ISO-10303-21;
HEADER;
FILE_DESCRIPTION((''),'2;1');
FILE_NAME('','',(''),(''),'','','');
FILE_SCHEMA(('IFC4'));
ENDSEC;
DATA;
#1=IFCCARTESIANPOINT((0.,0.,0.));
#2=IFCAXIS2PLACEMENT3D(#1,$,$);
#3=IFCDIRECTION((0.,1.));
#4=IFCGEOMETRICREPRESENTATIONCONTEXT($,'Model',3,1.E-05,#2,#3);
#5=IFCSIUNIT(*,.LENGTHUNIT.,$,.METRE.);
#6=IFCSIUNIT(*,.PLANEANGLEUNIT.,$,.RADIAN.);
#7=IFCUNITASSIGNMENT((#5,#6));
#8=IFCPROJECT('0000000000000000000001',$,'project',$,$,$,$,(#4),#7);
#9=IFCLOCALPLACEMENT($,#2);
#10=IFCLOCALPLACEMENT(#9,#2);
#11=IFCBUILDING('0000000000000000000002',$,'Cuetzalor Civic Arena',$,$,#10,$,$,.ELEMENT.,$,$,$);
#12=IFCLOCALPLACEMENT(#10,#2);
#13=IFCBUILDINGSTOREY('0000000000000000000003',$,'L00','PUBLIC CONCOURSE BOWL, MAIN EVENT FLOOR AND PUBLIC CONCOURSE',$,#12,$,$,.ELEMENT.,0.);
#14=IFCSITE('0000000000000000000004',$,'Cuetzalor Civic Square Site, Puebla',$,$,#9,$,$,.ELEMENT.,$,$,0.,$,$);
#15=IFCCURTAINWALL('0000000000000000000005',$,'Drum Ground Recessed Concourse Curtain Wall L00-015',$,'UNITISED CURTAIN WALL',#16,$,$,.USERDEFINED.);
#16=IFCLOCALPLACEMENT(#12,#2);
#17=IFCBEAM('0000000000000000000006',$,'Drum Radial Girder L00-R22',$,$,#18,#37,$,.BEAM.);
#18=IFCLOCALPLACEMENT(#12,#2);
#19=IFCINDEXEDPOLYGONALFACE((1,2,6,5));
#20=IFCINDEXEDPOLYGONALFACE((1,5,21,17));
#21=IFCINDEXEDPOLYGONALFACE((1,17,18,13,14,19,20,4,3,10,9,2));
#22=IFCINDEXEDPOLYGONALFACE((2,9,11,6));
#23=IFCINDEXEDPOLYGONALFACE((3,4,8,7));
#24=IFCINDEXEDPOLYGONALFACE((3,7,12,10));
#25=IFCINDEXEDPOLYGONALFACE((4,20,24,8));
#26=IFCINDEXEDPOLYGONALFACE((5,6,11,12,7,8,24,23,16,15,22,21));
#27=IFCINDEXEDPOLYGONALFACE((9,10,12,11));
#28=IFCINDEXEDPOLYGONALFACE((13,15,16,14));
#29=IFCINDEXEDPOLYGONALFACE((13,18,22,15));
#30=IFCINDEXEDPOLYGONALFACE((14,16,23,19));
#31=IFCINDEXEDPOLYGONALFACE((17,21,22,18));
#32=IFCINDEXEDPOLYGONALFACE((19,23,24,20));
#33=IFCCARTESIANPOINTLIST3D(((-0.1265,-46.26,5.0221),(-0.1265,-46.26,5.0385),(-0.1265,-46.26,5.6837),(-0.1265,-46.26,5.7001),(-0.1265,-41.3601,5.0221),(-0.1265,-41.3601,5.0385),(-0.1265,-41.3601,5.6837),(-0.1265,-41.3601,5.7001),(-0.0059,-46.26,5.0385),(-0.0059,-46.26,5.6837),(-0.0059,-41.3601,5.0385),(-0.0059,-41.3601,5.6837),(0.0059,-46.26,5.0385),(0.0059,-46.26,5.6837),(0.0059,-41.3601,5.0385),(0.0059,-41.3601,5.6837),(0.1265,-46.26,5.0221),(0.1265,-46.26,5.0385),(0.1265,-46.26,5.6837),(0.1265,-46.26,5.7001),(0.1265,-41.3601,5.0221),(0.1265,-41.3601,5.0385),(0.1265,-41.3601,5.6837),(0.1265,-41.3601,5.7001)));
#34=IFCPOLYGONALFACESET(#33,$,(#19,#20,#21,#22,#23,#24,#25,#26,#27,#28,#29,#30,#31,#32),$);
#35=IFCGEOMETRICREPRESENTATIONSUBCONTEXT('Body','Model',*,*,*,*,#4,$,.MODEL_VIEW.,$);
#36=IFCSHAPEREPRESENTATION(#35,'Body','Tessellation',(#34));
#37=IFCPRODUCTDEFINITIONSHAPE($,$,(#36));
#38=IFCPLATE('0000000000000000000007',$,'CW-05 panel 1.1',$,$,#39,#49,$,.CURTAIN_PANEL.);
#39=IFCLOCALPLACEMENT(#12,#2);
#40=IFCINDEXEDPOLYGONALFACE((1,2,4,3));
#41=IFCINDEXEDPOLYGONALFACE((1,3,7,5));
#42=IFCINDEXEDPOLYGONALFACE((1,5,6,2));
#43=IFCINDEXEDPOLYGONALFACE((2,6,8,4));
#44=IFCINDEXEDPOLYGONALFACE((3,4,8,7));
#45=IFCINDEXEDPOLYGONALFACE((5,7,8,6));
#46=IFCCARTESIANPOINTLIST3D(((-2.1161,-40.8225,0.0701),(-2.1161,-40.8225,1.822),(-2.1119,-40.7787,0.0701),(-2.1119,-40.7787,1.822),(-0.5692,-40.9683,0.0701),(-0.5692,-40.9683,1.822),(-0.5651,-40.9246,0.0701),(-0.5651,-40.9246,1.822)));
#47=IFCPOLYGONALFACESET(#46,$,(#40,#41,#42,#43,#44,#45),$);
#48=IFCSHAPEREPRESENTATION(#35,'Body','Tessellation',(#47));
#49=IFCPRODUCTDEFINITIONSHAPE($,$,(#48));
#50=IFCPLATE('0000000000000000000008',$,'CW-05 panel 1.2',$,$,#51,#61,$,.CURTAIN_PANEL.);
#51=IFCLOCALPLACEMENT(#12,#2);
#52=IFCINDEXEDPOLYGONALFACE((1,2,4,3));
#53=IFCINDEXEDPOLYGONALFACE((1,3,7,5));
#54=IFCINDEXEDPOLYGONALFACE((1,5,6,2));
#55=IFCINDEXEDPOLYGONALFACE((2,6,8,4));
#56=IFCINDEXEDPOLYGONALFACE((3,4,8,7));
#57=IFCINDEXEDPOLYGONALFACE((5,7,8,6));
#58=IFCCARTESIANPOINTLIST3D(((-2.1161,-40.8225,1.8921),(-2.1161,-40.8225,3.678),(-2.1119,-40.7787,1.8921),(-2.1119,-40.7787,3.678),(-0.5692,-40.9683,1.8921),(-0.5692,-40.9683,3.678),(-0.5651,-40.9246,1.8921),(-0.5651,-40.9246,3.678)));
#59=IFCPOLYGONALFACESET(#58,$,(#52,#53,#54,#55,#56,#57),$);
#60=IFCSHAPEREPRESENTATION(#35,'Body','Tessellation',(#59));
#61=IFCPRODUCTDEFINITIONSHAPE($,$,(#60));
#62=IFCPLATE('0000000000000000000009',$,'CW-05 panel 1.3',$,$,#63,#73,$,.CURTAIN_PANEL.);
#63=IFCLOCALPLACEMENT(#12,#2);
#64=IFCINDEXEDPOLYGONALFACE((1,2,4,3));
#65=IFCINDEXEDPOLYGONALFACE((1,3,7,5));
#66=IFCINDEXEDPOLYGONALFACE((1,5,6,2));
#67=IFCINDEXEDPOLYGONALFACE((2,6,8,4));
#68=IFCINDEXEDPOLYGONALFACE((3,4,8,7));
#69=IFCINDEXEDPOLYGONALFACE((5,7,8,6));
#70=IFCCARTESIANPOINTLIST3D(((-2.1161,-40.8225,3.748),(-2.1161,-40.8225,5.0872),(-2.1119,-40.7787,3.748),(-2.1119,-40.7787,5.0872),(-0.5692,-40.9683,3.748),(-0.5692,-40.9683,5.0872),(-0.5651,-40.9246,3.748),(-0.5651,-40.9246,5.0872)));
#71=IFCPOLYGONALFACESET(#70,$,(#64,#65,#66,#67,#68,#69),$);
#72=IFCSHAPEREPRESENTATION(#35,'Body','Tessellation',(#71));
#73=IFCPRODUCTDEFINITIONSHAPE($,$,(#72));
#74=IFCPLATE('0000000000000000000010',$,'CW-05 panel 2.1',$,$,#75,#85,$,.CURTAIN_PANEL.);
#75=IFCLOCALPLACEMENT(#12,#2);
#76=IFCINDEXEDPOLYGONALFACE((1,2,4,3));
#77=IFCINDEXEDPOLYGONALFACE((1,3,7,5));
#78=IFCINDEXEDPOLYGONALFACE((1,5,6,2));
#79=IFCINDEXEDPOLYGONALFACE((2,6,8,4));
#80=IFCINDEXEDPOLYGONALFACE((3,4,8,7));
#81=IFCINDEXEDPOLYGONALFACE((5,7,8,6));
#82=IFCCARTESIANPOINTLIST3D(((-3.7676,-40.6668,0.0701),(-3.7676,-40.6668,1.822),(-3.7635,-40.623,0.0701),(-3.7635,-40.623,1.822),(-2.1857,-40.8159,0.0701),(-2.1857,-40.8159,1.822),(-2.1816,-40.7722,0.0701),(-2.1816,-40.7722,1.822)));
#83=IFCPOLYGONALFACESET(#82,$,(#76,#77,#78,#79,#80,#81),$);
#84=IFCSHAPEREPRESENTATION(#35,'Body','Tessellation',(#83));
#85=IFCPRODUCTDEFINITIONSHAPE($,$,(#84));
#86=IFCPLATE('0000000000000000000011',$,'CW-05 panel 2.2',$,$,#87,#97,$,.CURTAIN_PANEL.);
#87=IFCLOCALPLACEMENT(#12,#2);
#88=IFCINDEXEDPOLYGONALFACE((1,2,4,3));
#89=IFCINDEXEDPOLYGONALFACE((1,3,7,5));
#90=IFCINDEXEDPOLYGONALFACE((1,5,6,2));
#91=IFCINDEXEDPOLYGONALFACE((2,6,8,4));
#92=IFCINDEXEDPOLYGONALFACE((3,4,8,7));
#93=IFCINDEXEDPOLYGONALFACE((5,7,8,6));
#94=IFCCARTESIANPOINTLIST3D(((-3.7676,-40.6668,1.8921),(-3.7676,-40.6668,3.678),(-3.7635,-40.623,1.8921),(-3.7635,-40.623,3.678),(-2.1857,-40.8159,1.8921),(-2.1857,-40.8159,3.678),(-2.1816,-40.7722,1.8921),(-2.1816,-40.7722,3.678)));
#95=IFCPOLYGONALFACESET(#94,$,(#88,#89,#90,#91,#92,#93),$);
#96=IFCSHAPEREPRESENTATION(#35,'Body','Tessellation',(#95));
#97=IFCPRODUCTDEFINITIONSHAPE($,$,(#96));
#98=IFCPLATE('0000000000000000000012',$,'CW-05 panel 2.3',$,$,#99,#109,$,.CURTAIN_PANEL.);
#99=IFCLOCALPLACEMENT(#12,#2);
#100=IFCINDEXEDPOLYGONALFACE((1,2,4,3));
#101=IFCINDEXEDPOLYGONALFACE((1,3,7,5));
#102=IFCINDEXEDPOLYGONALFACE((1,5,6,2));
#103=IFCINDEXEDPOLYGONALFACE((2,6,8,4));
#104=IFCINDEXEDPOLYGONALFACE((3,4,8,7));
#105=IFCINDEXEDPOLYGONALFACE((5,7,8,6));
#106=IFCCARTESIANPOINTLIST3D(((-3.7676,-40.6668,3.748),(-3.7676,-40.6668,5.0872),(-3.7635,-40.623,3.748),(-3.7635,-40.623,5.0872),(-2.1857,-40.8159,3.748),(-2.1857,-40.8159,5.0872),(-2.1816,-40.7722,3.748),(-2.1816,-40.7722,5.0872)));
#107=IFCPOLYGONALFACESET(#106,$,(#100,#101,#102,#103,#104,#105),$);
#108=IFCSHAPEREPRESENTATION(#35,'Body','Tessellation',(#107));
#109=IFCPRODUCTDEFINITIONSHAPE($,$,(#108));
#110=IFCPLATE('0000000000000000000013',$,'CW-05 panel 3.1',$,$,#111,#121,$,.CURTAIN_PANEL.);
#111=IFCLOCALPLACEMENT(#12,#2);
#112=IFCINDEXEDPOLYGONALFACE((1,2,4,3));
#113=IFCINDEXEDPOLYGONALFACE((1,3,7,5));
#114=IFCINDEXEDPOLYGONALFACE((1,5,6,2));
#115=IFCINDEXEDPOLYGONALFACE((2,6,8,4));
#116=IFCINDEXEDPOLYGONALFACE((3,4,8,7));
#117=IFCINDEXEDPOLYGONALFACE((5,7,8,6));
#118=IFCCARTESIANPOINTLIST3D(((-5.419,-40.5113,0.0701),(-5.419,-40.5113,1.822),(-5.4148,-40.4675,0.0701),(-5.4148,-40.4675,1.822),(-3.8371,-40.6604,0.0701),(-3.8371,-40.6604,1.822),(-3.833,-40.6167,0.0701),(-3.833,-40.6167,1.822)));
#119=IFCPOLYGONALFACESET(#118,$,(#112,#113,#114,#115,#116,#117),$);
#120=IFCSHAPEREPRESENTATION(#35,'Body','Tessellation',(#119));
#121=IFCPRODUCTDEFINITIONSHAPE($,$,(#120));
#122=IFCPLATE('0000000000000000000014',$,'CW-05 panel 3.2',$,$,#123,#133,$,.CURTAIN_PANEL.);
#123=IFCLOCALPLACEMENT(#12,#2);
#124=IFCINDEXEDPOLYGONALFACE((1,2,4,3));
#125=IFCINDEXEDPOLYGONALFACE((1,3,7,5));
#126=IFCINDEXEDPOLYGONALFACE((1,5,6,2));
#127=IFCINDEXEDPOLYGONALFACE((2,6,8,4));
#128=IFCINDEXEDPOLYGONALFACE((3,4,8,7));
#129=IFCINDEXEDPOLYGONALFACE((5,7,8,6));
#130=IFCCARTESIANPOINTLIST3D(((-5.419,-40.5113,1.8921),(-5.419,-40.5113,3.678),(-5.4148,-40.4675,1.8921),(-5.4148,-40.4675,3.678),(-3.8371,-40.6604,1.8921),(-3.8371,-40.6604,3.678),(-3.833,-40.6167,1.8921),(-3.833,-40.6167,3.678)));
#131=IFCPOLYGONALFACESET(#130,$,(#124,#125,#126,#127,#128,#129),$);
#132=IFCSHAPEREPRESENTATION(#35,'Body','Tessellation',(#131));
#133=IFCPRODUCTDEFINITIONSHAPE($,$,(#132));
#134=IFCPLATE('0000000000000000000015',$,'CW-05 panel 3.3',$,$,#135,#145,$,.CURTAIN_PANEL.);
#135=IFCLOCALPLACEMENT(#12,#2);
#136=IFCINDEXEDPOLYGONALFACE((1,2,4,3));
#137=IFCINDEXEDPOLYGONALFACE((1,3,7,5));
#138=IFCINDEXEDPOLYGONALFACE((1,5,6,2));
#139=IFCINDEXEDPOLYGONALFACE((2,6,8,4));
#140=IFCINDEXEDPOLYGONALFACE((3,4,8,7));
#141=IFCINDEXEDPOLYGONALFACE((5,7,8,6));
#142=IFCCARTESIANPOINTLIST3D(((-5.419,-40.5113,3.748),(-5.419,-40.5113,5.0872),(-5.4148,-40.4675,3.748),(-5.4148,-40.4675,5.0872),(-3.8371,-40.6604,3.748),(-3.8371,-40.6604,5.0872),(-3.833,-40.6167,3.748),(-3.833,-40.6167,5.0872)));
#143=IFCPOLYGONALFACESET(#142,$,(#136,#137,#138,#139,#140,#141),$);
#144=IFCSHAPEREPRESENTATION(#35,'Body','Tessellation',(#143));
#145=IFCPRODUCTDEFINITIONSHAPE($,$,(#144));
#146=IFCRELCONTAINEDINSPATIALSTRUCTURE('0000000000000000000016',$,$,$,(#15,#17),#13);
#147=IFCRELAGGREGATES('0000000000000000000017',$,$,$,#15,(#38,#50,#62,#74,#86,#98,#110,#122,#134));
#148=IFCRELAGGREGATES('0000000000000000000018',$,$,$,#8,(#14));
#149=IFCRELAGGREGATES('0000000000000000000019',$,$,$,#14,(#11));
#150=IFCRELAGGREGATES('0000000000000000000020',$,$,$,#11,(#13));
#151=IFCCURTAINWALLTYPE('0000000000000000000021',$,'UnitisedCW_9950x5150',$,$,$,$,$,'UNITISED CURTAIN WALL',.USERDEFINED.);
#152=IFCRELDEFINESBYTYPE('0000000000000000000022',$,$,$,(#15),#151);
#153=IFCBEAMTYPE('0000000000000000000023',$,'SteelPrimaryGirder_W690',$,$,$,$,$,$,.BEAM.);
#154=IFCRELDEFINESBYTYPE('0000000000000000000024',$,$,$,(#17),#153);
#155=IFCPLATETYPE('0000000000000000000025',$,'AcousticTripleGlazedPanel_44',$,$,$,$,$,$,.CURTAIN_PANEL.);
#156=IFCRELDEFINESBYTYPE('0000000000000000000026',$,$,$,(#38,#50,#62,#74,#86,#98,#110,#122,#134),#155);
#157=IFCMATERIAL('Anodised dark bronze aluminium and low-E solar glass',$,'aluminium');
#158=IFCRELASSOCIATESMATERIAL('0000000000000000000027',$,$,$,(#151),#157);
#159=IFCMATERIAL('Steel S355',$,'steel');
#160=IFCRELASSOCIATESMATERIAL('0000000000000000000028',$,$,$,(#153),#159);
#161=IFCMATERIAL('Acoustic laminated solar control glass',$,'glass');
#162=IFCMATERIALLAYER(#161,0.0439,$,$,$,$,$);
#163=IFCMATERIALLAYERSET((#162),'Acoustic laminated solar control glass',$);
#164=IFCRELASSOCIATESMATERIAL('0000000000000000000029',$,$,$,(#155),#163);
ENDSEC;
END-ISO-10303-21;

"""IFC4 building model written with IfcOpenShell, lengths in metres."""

from ifc_helpers import new_model, si_unit, direction, frame, origin, origin_2d, place, context, subcontext, project, spatial, rectangle, i_section, extrude, material, layer, layer_set, material_profile, profile_set, type_object, element, aggregate, save


model = new_model("IFC4")

# Units and contexts
model_context = context("Model", 3, precision=1e-05, world=origin(), true_north=direction((0.0, 1.0)))
body_context = subcontext(model_context, "Body", "Model", "MODEL_VIEW")
ifc_project = project(units=[si_unit("LENGTHUNIT", "METRE"), si_unit("PLANEANGLEUNIT", "RADIAN")], contexts=[model_context])

# Site, building, storey
site_placement = place(None, origin())
site = spatial("IfcSite", under=ifc_project, at=site_placement, Name="Cuetzalor Civic Square Site, Puebla", CompositionType="ELEMENT", RefElevation=0.0)
building_placement = place(site_placement, origin())
building = spatial("IfcBuilding", under=site, at=building_placement, Name="Cuetzalor Civic Arena", CompositionType="ELEMENT")
storey_placement = place(building_placement, origin())
storey = spatial("IfcBuildingStorey", under=building, at=storey_placement, Name="L00", Description="PUBLIC CONCOURSE BOWL, MAIN EVENT FLOOR AND PUBLIC CONCOURSE", CompositionType="ELEMENT", Elevation=0.0)

# Curtain wall
ifc_material_1 = material(Name="Anodised dark bronze aluminium and low-E solar glass", Category="aluminium")
curtain_wall_type = type_object("IfcCurtainWallType", Name="UnitisedCW_9950x5150", ElementType="UNITISED CURTAIN WALL", PredefinedType="USERDEFINED", material=ifc_material_1)
curtain_wall_placement = place(storey_placement, origin())
curtain_wall = element("IfcCurtainWall", 1, at=curtain_wall_placement, inside=storey, type_object=curtain_wall_type, Name="Drum Ground Recessed Concourse Curtain Wall L00-015", ObjectType="UNITISED CURTAIN WALL", PredefinedType="USERDEFINED")

# Beam
ifc_material_2 = material(Name="Steel S355", Category="steel")
ifc_material_profile_1 = material_profile(ifc_material_2, i_section(OverallWidth=0.2529, OverallDepth=0.678, WebThickness=0.0117, FlangeThickness=0.0164, at=origin_2d()), Name="W690x125")
ifc_profile_set_1 = profile_set([ifc_material_profile_1], Name="Steel S355")
beam_type = type_object("IfcBeamType", Name="SteelPrimaryGirder_W690", PredefinedType="BEAM", material=ifc_profile_set_1)
beam_placement = place(storey_placement, frame((0.0, -41.3601, 5.3611), z_axis=(0.0, -1.0, 0.0), x_axis=(1.0, 0.0, 0.0)))
element("IfcBeam", 2, at=beam_placement, inside=storey, type_object=beam_type, Name="Drum Radial Girder L00-R22", PredefinedType="BEAM", context=body_context, shape_type="SweptSolid", body=[
    extrude(i_section(OverallWidth=0.2529, OverallDepth=0.678, WebThickness=0.0117, FlangeThickness=0.0164, at=origin_2d()), origin(), (0.0, 0.0, 1.0), 4.8999),
])

# Plates
ifc_material_3 = material(Name="Acoustic laminated solar control glass", Category="glass")
ifc_layer = layer(ifc_material_3, 0.0439)
ifc_layer_set = layer_set([ifc_layer], Name="Acoustic laminated solar control glass")
plate_type = type_object("IfcPlateType", Name="AcousticTripleGlazedPanel_44", PredefinedType="CURTAIN_PANEL", material=ifc_layer_set)
plate_1_placement = place(storey_placement, frame((-1.3406, -40.8735, 0.0701), z_axis=(0.0, 0.0, 1.0), x_axis=(-0.995585, 0.093863, 0.0)))
plate_1 = element("IfcPlate", 3, at=plate_1_placement, type_object=plate_type, Name="CW-05 panel 1.1", PredefinedType="CURTAIN_PANEL", context=body_context, shape_type="SweptSolid", body=[
    extrude(rectangle(XDim=1.5537, YDim=0.0439, at=origin_2d()), origin(), (0.0, 0.0, 1.0), 1.752),
])
plate_2_placement = place(storey_placement, frame((-1.3406, -40.8735, 1.8921), z_axis=(0.0, 0.0, 1.0), x_axis=(-0.995585, 0.093863, 0.0)))
plate_2 = element("IfcPlate", 4, at=plate_2_placement, type_object=plate_type, Name="CW-05 panel 1.2", PredefinedType="CURTAIN_PANEL", context=body_context, shape_type="SweptSolid", body=[
    extrude(rectangle(XDim=1.5537, YDim=0.0439, at=origin_2d()), origin(), (0.0, 0.0, 1.0), 1.7859),
])
plate_3_placement = place(storey_placement, frame((-1.3406, -40.8735, 3.748), z_axis=(0.0, 0.0, 1.0), x_axis=(-0.995585, 0.093863, 0.0)))
plate_3 = element("IfcPlate", 5, at=plate_3_placement, type_object=plate_type, Name="CW-05 panel 1.3", PredefinedType="CURTAIN_PANEL", context=body_context, shape_type="SweptSolid", body=[
    extrude(rectangle(XDim=1.5537, YDim=0.0439, at=origin_2d()), origin(), (0.0, 0.0, 1.0), 1.3391),
])
plate_4_placement = place(storey_placement, frame((-2.9746, -40.7195, 0.0701), z_axis=(0.0, 0.0, 1.0), x_axis=(-0.995585, 0.093863, 0.0)))
plate_4 = element("IfcPlate", 6, at=plate_4_placement, type_object=plate_type, Name="CW-05 panel 2.1", PredefinedType="CURTAIN_PANEL", context=body_context, shape_type="SweptSolid", body=[
    extrude(rectangle(XDim=1.5889, YDim=0.0439, at=origin_2d()), origin(), (0.0, 0.0, 1.0), 1.752),
])
plate_5_placement = place(storey_placement, frame((-2.9746, -40.7195, 1.8921), z_axis=(0.0, 0.0, 1.0), x_axis=(-0.995585, 0.093863, 0.0)))
plate_5 = element("IfcPlate", 7, at=plate_5_placement, type_object=plate_type, Name="CW-05 panel 2.2", PredefinedType="CURTAIN_PANEL", context=body_context, shape_type="SweptSolid", body=[
    extrude(rectangle(XDim=1.5889, YDim=0.0439, at=origin_2d()), origin(), (0.0, 0.0, 1.0), 1.7859),
])
plate_6_placement = place(storey_placement, frame((-2.9746, -40.7195, 3.748), z_axis=(0.0, 0.0, 1.0), x_axis=(-0.995585, 0.093863, 0.0)))
plate_6 = element("IfcPlate", 8, at=plate_6_placement, type_object=plate_type, Name="CW-05 panel 2.3", PredefinedType="CURTAIN_PANEL", context=body_context, shape_type="SweptSolid", body=[
    extrude(rectangle(XDim=1.5889, YDim=0.0439, at=origin_2d()), origin(), (0.0, 0.0, 1.0), 1.3391),
])
plate_7_placement = place(storey_placement, frame((-4.626, -40.564, 0.0701), z_axis=(0.0, 0.0, 1.0), x_axis=(-0.995585, 0.093863, 0.0)))
plate_7 = element("IfcPlate", 9, at=plate_7_placement, type_object=plate_type, Name="CW-05 panel 3.1", PredefinedType="CURTAIN_PANEL", context=body_context, shape_type="SweptSolid", body=[
    extrude(rectangle(XDim=1.5889, YDim=0.0439, at=origin_2d()), origin(), (0.0, 0.0, 1.0), 1.752),
])
plate_8_placement = place(storey_placement, frame((-4.626, -40.564, 1.8921), z_axis=(0.0, 0.0, 1.0), x_axis=(-0.995585, 0.093863, 0.0)))
plate_8 = element("IfcPlate", 10, at=plate_8_placement, type_object=plate_type, Name="CW-05 panel 3.2", PredefinedType="CURTAIN_PANEL", context=body_context, shape_type="SweptSolid", body=[
    extrude(rectangle(XDim=1.5889, YDim=0.0439, at=origin_2d()), origin(), (0.0, 0.0, 1.0), 1.7859),
])
plate_9_placement = place(storey_placement, frame((-4.626, -40.564, 3.748), z_axis=(0.0, 0.0, 1.0), x_axis=(-0.995585, 0.093863, 0.0)))
plate_9 = element("IfcPlate", 11, at=plate_9_placement, type_object=plate_type, Name="CW-05 panel 3.3", PredefinedType="CURTAIN_PANEL", context=body_context, shape_type="SweptSolid", body=[
    extrude(rectangle(XDim=1.5889, YDim=0.0439, at=origin_2d()), origin(), (0.0, 0.0, 1.0), 1.3391),
])
aggregate(curtain_wall, [plate_1, plate_2, plate_3, plate_4, plate_5, plate_6, plate_7, plate_8, plate_9])

save(model, "model.ifc")
